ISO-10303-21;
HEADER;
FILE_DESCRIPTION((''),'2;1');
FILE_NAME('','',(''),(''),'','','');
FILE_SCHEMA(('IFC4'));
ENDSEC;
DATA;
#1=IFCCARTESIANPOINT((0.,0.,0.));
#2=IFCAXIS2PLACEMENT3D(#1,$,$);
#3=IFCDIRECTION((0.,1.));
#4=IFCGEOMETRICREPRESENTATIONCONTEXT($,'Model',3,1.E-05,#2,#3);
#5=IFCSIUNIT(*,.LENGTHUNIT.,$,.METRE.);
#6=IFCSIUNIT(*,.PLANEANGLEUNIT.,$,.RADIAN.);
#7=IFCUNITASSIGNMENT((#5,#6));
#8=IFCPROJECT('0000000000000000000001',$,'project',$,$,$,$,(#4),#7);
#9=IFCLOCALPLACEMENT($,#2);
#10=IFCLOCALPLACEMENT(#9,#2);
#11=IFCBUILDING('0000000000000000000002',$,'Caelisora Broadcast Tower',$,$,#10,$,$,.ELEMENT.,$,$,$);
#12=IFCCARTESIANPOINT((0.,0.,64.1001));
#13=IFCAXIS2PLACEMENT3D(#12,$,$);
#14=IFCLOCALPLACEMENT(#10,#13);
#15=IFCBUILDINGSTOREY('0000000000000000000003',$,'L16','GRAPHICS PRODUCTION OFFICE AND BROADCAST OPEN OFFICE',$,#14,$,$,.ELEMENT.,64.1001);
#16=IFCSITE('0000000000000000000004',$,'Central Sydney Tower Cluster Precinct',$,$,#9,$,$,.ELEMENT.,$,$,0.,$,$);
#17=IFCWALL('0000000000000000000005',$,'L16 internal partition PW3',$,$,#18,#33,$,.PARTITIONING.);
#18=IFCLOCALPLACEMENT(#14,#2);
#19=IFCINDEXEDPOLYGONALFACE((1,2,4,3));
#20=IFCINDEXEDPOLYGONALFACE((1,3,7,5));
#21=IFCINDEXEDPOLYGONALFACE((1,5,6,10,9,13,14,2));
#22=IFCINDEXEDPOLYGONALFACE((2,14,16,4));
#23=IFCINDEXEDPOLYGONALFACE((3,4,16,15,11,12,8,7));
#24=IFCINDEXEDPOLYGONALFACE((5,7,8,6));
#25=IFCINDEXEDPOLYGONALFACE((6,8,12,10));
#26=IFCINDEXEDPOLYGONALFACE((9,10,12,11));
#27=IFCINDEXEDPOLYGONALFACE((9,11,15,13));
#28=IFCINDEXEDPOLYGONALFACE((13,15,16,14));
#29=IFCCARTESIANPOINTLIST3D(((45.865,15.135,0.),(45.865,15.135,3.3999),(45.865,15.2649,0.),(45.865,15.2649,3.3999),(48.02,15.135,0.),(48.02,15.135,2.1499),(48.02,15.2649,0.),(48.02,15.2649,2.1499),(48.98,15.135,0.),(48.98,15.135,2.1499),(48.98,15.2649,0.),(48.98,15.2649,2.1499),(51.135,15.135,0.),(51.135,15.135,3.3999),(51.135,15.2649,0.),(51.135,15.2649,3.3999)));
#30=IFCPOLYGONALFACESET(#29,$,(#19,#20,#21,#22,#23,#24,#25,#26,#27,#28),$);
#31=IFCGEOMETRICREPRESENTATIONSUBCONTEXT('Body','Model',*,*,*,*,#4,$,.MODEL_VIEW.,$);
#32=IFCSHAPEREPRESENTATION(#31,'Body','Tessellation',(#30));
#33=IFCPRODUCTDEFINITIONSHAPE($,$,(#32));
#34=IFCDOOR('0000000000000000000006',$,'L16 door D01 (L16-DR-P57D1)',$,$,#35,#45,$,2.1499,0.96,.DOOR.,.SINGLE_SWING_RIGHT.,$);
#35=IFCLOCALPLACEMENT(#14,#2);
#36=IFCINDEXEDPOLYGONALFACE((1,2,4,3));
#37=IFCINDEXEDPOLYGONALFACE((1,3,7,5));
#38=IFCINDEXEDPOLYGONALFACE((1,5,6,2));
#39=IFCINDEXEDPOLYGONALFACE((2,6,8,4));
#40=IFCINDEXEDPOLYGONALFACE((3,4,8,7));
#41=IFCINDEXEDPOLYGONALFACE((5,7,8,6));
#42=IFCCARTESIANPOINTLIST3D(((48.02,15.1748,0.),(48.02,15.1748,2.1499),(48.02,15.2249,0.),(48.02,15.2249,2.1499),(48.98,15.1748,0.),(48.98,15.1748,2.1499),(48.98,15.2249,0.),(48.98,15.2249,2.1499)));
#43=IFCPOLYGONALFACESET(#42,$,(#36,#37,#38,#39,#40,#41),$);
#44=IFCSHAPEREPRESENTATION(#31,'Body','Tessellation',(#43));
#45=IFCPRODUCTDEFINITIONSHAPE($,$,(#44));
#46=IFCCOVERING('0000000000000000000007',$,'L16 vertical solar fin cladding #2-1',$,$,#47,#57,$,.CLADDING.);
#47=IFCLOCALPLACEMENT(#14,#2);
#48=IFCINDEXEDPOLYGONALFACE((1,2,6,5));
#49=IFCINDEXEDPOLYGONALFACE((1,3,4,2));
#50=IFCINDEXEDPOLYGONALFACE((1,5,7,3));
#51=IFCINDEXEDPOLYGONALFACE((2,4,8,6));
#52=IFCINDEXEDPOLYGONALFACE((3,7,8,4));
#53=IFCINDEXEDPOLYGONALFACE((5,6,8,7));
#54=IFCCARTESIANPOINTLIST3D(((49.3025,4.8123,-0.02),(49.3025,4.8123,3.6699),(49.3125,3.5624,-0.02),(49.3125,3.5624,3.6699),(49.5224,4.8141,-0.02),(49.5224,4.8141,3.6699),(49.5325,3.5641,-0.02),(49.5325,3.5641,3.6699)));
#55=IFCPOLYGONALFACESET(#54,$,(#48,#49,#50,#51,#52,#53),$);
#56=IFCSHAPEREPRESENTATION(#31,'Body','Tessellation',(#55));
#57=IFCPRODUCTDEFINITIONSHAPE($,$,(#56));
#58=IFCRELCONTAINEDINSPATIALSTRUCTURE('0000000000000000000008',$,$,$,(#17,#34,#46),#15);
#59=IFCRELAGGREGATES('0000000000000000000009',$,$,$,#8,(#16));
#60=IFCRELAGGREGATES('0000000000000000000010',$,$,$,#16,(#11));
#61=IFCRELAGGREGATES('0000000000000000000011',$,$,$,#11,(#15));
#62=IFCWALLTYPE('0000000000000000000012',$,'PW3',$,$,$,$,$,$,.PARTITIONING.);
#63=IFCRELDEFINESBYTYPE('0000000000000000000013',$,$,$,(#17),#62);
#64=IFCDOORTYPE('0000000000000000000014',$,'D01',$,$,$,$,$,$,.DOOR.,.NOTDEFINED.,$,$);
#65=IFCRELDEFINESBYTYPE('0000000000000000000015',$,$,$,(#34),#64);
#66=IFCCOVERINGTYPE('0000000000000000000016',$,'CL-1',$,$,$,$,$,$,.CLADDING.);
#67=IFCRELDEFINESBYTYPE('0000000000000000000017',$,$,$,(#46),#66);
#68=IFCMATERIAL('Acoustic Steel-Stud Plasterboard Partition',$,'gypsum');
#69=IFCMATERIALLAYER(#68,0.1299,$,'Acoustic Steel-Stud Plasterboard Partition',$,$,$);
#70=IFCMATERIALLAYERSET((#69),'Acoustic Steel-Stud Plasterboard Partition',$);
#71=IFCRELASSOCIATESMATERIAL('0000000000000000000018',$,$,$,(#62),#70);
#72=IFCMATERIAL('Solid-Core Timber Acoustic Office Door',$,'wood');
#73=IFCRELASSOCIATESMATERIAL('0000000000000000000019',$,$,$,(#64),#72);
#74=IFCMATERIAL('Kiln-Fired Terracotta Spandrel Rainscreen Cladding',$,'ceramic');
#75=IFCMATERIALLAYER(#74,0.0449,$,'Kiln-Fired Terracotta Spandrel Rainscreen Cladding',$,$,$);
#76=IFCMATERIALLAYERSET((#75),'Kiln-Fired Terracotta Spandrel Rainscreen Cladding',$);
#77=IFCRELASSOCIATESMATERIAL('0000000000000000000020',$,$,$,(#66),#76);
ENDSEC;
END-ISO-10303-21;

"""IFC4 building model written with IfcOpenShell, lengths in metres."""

from ifc_helpers import new_model, si_unit, direction, frame, frame_2d, origin, origin_2d, place, context, subcontext, project, spatial, rectangle, extrude, source, transform, mapped, material, layer, layer_set, type_object, type_shapes, element, fill, save


model = new_model("IFC4")

# Units and contexts
model_context = context("Model", 3, precision=1e-05, world=origin(), true_north=direction((0.0, 1.0)))
body_context = subcontext(model_context, "Body", "Model", "MODEL_VIEW")
ifc_project = project(units=[si_unit("LENGTHUNIT", "METRE"), si_unit("PLANEANGLEUNIT", "RADIAN")], contexts=[model_context])

# Site, building, storey
site_placement = place(None, origin())
site = spatial("IfcSite", under=ifc_project, at=site_placement, Name="Central Sydney Tower Cluster Precinct", CompositionType="ELEMENT", RefElevation=0.0)
building_placement = place(site_placement, origin())
building = spatial("IfcBuilding", under=site, at=building_placement, Name="Caelisora Broadcast Tower", CompositionType="ELEMENT")
storey_placement = place(building_placement, frame((0.0, 0.0, 64.1001)))
storey = spatial("IfcBuildingStorey", under=building, at=storey_placement, Name="L16", Description="GRAPHICS PRODUCTION OFFICE AND BROADCAST OPEN OFFICE", CompositionType="ELEMENT", Elevation=64.1001)

# Shared definitions
ifc_material_1 = material(Name="Acoustic Steel-Stud Plasterboard Partition", Category="gypsum")
ifc_layer_1 = layer(ifc_material_1, 0.1299, Name="Acoustic Steel-Stud Plasterboard Partition")
ifc_layer_set_1 = layer_set([ifc_layer_1], Name="Acoustic Steel-Stud Plasterboard Partition")
wall_type_1 = type_object("IfcWallType", Name="PW3", PredefinedType="PARTITIONING", material=ifc_layer_set_1)

# Shared definitions
ifc_material_2 = material(Name="Solid-Core Timber Acoustic Office Door", Category="wood")
door_type_1 = type_object("IfcDoorType", Name="D01", OperationType="NOTDEFINED", PredefinedType="DOOR", material=ifc_material_2)

# Wall, opening, door
wall_1_placement = place(storey_placement, frame((45.865, 15.2, 0.0), z_axis=(0.0, 0.0, 1.0), x_axis=(1.0, 0.0, 0.0)))
wall_1 = element("IfcWall", 1, at=wall_1_placement, inside=storey, type_object=wall_type_1, Name="L16 internal partition PW3", PredefinedType="PARTITIONING", context=body_context, shape_type="SweptSolid", body=[
    extrude(rectangle(XDim=5.27, YDim=0.1299, at=frame_2d((2.635, 0.0))), origin(), (0.0, 0.0, 1.0), 3.3999),
])
opening_1_placement = place(wall_1_placement, frame((2.155, 0.0, 0.0)))
opening_1 = element("IfcOpeningElement", 2, at=opening_1_placement, cuts=wall_1, PredefinedType="OPENING", context=body_context, shape_type="SweptSolid", body=[
    extrude(rectangle(XDim=0.96, YDim=2.1499, at=frame_2d((0.48, 1.075))), frame((0.0, 0.0769, 0.0), z_axis=(0.0, -1.0, 0.0), x_axis=(1.0, 0.0, 0.0)), (0.0, 0.0, 1.0), 0.1538),
])
door_1_placement = place(opening_1_placement, origin())
door_1 = element("IfcDoor", 3, at=door_1_placement, inside=storey, type_object=door_type_1, Name="L16 door D01 (L16-DR-P57D1)", OperationType="SINGLE_SWING_RIGHT", OverallHeight=2.1499, OverallWidth=0.96, PredefinedType="DOOR", context=body_context, shape_type="SweptSolid", body=[
    extrude(rectangle(XDim=0.96, YDim=2.1499, at=frame_2d((0.48, 1.075))), frame((0.0, 0.0249, 0.0), z_axis=(0.0, -1.0, 0.0), x_axis=(1.0, 0.0, 0.0)), (0.0, 0.0, 1.0), 0.05),
])
fill(opening_1, door_1)

# Covering
ifc_material_3 = material(Name="Kiln-Fired Terracotta Spandrel Rainscreen Cladding", Category="ceramic")
ifc_layer_2 = layer(ifc_material_3, 0.0449, Name="Kiln-Fired Terracotta Spandrel Rainscreen Cladding")
ifc_layer_set_2 = layer_set([ifc_layer_2], Name="Kiln-Fired Terracotta Spandrel Rainscreen Cladding")
covering_type = type_object("IfcCoveringType", Name="CL-1", PredefinedType="CLADDING", material=ifc_layer_set_2)
shared_shape_1 = source(origin(), body_context, "Body", "SweptSolid", [
    extrude(rectangle(XDim=0.22, YDim=1.25, at=origin_2d()), origin(), (0.0, 0.0, 1.0), 3.6899),
])
type_shapes(covering_type, [shared_shape_1])
covering_placement = place(storey_placement, frame((49.4175, 4.1882, -0.02), z_axis=(0.0, 0.0, 1.0), x_axis=(-0.999968, -0.008028, 0.0)))
element("IfcCovering", 4, at=covering_placement, inside=storey, type_object=covering_type, Name="L16 vertical solar fin cladding #2-1", PredefinedType="CLADDING", context=body_context, shape_type="MappedRepresentation", body=[
    mapped(shared_shape_1, transform((0.0, 0.0, 0.0), scale=1.0)),
])

save(model, "model.ifc")
